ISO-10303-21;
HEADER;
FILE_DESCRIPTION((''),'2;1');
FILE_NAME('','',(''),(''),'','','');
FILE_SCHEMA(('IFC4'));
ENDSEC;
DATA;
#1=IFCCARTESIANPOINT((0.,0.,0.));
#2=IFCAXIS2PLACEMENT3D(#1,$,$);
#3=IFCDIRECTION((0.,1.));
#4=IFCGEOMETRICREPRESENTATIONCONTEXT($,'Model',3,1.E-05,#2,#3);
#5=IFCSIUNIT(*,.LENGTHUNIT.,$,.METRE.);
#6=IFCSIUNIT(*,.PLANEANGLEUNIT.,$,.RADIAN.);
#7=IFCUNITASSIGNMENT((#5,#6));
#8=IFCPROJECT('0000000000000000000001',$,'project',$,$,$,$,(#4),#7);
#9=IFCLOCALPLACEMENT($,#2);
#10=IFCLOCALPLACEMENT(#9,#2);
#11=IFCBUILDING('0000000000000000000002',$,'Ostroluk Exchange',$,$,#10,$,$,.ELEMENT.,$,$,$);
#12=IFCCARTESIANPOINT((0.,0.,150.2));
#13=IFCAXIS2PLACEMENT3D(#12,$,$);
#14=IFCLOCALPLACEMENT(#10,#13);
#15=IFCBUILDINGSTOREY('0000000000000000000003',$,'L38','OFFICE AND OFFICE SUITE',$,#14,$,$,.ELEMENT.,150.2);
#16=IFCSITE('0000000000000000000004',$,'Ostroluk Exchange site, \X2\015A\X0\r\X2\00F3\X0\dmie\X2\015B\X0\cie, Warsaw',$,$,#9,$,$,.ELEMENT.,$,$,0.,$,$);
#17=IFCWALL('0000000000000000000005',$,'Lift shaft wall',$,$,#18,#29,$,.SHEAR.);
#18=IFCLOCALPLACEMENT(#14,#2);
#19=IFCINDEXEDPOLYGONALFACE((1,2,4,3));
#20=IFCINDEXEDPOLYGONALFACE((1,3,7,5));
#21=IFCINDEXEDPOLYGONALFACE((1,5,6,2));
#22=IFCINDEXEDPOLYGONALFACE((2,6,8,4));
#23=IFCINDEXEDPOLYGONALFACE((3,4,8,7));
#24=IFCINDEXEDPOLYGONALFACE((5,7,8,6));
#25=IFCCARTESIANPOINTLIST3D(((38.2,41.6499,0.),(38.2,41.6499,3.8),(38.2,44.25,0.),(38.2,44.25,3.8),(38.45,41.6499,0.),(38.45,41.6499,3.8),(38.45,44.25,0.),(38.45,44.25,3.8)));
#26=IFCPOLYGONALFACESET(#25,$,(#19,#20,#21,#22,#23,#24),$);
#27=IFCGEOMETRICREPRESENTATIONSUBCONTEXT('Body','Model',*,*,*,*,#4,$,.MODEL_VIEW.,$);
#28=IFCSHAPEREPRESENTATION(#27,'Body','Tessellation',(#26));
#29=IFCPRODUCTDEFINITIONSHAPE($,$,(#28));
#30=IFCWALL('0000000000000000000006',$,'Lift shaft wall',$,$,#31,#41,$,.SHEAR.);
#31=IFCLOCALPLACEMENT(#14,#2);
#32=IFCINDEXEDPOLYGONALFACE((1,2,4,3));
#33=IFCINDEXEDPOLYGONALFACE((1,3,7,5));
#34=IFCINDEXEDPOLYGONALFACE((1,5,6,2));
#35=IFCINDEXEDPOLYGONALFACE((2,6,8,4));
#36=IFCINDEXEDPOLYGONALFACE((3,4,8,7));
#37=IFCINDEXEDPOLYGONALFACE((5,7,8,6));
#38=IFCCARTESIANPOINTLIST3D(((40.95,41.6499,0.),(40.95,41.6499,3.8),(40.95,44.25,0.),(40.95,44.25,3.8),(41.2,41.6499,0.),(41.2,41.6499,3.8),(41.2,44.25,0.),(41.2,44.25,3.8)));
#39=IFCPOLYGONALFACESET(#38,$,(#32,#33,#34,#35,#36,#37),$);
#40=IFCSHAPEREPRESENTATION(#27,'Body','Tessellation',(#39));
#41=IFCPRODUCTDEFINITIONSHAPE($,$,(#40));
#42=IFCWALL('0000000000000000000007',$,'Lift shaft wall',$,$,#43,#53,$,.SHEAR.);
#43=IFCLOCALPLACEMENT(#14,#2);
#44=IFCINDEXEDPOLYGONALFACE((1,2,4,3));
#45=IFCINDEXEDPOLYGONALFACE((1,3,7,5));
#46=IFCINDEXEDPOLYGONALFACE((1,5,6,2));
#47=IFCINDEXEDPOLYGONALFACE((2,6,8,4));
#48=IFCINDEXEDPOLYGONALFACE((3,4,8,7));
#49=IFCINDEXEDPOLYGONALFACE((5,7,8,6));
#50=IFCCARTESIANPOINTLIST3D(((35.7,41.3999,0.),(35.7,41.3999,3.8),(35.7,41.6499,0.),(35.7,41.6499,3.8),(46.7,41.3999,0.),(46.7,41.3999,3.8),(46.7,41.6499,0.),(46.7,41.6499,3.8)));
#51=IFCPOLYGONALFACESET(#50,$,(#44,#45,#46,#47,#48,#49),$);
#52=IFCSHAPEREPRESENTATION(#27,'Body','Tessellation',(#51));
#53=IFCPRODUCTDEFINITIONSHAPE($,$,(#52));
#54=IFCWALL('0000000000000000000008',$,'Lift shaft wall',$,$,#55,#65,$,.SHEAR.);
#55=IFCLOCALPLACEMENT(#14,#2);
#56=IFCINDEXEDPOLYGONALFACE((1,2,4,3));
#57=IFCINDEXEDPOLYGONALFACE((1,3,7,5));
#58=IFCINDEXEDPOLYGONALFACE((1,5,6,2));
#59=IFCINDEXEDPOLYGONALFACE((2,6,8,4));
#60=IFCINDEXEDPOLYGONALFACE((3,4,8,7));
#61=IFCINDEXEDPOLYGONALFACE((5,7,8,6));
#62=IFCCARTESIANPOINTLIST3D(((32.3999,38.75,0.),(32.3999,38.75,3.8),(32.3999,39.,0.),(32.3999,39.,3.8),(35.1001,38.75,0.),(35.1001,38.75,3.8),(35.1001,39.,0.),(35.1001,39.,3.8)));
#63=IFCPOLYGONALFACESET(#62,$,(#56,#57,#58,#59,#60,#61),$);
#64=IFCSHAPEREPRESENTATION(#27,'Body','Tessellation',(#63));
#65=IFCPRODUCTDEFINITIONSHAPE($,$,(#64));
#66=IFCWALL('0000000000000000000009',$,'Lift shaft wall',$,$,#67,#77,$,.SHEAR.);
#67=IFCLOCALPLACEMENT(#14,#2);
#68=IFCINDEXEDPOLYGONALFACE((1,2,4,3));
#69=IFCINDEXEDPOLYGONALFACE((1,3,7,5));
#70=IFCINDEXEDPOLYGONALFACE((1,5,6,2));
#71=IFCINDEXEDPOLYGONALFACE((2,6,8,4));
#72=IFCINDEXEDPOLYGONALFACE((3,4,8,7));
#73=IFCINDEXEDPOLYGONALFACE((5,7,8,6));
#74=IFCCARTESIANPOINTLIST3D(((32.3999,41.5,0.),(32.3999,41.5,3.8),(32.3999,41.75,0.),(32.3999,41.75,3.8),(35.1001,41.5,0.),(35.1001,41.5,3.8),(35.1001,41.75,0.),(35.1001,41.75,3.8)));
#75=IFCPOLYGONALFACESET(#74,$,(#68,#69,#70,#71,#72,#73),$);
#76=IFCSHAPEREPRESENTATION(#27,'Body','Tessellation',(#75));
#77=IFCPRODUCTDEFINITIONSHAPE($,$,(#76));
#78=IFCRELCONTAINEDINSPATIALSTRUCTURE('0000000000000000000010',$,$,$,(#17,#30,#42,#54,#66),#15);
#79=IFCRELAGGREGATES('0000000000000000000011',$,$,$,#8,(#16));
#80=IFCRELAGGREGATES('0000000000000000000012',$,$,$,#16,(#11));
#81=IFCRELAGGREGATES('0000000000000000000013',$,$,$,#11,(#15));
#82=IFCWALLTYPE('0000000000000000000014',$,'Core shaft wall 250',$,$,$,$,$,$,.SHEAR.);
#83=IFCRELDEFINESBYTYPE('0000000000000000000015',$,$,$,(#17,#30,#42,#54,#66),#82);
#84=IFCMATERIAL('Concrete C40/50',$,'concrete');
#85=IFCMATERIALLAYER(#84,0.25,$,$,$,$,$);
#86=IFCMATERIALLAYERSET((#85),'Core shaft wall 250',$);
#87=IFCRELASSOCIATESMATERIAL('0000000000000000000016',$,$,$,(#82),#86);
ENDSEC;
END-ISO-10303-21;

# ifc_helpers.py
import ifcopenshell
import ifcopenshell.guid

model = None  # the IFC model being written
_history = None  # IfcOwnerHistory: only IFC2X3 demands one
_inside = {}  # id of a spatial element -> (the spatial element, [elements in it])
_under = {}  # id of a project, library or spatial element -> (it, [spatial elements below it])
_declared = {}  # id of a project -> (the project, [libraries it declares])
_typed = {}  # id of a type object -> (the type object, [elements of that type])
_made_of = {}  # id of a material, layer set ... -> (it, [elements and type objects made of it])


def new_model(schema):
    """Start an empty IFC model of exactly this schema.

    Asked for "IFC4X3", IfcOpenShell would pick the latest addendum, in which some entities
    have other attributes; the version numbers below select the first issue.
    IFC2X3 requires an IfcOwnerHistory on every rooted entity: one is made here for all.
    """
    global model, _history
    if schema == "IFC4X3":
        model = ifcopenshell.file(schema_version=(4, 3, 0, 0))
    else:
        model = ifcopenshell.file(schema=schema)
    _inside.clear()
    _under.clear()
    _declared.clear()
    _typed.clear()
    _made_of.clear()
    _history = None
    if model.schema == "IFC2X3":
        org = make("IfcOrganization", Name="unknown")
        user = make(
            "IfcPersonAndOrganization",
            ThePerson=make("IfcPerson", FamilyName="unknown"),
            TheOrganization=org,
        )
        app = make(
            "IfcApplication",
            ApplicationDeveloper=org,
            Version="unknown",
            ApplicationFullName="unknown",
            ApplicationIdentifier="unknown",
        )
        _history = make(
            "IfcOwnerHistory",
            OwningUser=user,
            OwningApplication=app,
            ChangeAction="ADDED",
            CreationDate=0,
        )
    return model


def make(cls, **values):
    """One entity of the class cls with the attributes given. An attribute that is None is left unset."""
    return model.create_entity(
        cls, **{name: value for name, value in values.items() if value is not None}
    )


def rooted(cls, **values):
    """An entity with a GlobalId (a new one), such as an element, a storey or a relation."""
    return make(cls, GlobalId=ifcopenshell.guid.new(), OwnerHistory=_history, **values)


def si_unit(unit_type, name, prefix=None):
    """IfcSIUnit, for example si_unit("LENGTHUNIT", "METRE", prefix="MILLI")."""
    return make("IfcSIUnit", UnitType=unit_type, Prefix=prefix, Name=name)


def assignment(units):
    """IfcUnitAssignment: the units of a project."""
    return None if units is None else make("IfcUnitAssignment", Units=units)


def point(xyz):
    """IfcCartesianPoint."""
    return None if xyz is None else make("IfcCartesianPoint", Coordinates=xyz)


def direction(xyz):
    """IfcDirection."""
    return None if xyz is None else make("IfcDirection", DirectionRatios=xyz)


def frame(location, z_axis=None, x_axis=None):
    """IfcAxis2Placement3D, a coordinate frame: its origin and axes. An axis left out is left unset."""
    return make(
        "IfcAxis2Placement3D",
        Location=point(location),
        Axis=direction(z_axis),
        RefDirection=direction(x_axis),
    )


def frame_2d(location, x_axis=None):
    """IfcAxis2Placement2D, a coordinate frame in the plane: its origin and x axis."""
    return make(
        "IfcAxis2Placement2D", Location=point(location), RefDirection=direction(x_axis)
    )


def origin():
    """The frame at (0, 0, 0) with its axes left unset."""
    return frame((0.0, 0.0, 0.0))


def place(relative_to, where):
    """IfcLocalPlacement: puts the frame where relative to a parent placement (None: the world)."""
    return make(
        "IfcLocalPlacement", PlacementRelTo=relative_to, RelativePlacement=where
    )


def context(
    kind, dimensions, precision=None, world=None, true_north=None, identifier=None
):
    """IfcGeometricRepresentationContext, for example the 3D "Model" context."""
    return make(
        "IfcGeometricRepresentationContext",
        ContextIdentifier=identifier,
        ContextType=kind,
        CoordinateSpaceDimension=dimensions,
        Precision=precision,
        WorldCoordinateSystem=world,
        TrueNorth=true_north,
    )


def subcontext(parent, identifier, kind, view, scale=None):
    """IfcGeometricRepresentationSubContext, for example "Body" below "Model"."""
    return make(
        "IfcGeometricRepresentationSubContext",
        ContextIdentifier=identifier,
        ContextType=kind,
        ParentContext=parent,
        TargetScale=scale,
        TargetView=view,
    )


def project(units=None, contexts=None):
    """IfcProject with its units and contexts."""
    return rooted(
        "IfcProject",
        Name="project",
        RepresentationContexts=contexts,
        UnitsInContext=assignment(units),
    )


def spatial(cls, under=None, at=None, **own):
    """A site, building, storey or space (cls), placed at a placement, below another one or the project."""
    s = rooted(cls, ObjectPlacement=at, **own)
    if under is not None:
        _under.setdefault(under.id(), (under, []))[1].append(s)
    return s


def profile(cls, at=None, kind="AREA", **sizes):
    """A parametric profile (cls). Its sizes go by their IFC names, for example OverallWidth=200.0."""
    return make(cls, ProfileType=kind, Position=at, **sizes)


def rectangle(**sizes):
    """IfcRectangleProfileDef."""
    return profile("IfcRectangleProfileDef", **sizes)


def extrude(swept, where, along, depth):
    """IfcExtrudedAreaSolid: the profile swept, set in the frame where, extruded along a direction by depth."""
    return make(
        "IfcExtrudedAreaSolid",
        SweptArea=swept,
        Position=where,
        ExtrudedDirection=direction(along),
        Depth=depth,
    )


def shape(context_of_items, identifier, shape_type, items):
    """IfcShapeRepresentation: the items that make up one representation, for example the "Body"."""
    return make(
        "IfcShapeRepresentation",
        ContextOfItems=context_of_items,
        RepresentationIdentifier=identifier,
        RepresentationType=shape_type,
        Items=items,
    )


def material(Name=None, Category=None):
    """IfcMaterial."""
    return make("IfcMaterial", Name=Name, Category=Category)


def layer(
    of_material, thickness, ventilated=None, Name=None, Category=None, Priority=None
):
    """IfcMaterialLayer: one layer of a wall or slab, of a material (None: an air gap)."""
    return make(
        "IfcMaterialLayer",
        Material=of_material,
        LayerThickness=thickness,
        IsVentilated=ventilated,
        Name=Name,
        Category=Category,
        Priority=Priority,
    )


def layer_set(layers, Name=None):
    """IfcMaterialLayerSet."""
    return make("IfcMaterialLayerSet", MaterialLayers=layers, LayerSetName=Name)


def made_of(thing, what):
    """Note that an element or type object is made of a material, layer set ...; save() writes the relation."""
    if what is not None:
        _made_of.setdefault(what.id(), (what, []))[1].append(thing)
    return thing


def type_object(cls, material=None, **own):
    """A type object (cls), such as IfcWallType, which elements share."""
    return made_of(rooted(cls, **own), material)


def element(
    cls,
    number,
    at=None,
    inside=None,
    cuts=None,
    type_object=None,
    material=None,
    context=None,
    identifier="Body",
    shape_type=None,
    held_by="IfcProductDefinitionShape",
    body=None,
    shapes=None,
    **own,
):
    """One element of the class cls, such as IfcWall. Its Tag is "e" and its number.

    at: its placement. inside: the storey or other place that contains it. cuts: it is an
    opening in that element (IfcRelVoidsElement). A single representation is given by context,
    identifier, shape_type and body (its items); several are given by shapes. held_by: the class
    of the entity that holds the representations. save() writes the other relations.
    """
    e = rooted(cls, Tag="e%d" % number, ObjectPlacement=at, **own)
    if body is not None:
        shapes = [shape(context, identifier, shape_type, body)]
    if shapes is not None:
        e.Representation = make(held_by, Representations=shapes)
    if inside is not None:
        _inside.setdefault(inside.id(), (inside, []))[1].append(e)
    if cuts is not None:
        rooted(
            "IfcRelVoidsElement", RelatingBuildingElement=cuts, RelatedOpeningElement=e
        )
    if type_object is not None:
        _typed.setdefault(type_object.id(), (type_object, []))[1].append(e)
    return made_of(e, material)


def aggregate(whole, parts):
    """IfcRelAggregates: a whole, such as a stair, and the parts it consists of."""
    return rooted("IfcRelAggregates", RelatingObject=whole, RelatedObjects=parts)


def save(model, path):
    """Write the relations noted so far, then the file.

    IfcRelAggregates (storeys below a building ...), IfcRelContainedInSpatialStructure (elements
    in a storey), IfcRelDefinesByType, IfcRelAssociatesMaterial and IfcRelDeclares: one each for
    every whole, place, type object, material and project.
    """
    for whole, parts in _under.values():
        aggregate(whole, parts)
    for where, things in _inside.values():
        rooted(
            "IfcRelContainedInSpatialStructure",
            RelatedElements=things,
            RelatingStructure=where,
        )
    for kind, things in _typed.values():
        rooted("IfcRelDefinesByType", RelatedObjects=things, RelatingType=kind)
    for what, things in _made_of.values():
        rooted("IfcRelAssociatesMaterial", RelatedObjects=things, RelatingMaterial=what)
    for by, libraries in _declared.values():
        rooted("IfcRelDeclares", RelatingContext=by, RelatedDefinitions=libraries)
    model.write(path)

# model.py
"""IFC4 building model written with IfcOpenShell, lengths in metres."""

from ifc_helpers import new_model, si_unit, direction, frame, frame_2d, origin, place, context, subcontext, project, spatial, rectangle, extrude, material, layer, layer_set, type_object, element, save


model = new_model("IFC4")

# Units and contexts
model_context = context("Model", 3, precision=1e-05, world=origin(), true_north=direction((0.0, 1.0)))
body_context = subcontext(model_context, "Body", "Model", "MODEL_VIEW")
ifc_project = project(units=[si_unit("LENGTHUNIT", "METRE"), si_unit("PLANEANGLEUNIT", "RADIAN")], contexts=[model_context])

# Site, building, storey
site_placement = place(None, origin())
site = spatial("IfcSite", under=ifc_project, at=site_placement, Name="Ostroluk Exchange site, Śródmieście, Warsaw", CompositionType="ELEMENT", RefElevation=0.0)
building_placement = place(site_placement, origin())
building = spatial("IfcBuilding", under=site, at=building_placement, Name="Ostroluk Exchange", CompositionType="ELEMENT")
storey_placement = place(building_placement, frame((0.0, 0.0, 150.2)))
storey = spatial("IfcBuildingStorey", under=building, at=storey_placement, Name="L38", Description="OFFICE AND OFFICE SUITE", CompositionType="ELEMENT", Elevation=150.2)

# Shared definitions
ifc_material_1 = material(Name="Concrete C40/50", Category="concrete")
ifc_layer_1 = layer(ifc_material_1, 0.25)
ifc_layer_set_1 = layer_set([ifc_layer_1], Name="Core shaft wall 250")
wall_type_1 = type_object("IfcWallType", Name="Core shaft wall 250", PredefinedType="SHEAR", material=ifc_layer_set_1)

# Walls
for number, where, z_axis, x_axis, name in (
    (1, (38.325, 44.25, 0.0), (0.0, 0.0, 1.0), (0.0, -1.0, 0.0), "Lift shaft wall"),
    (2, (41.075, 44.25, 0.0), (0.0, 0.0, 1.0), (0.0, -1.0, 0.0), "Lift shaft wall"),
):
    element("IfcWall", number, at=place(storey_placement, frame(where, z_axis=z_axis, x_axis=x_axis)), inside=storey, type_object=wall_type_1, Name=name, PredefinedType="SHEAR", context=body_context, shape_type="SweptSolid", body=[
        extrude(rectangle(XDim=2.6001, YDim=0.25, at=frame_2d((1.3, 0.0))), origin(), (0.0, 0.0, 1.0), 3.8),
    ])
wall_1_placement = place(storey_placement, frame((35.7, 41.5249, 0.0), z_axis=(0.0, 0.0, 1.0), x_axis=(1.0, 0.0, 0.0)))
element("IfcWall", 3, at=wall_1_placement, inside=storey, type_object=wall_type_1, Name="Lift shaft wall", PredefinedType="SHEAR", context=body_context, shape_type="SweptSolid", body=[
    extrude(rectangle(XDim=11.0, YDim=0.25, at=frame_2d((5.5, 0.0))), origin(), (0.0, 0.0, 1.0), 3.8),
])
for number, where, z_axis, x_axis, name in (
    (4, (32.3999, 38.875, 0.0), (0.0, 0.0, 1.0), (1.0, 0.0, 0.0), "Lift shaft wall"),
    (5, (32.3999, 41.625, 0.0), (0.0, 0.0, 1.0), (1.0, 0.0, 0.0), "Lift shaft wall"),
):
    element("IfcWall", number, at=place(storey_placement, frame(where, z_axis=z_axis, x_axis=x_axis)), inside=storey, type_object=wall_type_1, Name=name, PredefinedType="SHEAR", context=body_context, shape_type="SweptSolid", body=[
        extrude(rectangle(XDim=2.7002, YDim=0.25, at=frame_2d((1.3501, 0.0))), origin(), (0.0, 0.0, 1.0), 3.8),
    ])

save(model, "model.ifc")
